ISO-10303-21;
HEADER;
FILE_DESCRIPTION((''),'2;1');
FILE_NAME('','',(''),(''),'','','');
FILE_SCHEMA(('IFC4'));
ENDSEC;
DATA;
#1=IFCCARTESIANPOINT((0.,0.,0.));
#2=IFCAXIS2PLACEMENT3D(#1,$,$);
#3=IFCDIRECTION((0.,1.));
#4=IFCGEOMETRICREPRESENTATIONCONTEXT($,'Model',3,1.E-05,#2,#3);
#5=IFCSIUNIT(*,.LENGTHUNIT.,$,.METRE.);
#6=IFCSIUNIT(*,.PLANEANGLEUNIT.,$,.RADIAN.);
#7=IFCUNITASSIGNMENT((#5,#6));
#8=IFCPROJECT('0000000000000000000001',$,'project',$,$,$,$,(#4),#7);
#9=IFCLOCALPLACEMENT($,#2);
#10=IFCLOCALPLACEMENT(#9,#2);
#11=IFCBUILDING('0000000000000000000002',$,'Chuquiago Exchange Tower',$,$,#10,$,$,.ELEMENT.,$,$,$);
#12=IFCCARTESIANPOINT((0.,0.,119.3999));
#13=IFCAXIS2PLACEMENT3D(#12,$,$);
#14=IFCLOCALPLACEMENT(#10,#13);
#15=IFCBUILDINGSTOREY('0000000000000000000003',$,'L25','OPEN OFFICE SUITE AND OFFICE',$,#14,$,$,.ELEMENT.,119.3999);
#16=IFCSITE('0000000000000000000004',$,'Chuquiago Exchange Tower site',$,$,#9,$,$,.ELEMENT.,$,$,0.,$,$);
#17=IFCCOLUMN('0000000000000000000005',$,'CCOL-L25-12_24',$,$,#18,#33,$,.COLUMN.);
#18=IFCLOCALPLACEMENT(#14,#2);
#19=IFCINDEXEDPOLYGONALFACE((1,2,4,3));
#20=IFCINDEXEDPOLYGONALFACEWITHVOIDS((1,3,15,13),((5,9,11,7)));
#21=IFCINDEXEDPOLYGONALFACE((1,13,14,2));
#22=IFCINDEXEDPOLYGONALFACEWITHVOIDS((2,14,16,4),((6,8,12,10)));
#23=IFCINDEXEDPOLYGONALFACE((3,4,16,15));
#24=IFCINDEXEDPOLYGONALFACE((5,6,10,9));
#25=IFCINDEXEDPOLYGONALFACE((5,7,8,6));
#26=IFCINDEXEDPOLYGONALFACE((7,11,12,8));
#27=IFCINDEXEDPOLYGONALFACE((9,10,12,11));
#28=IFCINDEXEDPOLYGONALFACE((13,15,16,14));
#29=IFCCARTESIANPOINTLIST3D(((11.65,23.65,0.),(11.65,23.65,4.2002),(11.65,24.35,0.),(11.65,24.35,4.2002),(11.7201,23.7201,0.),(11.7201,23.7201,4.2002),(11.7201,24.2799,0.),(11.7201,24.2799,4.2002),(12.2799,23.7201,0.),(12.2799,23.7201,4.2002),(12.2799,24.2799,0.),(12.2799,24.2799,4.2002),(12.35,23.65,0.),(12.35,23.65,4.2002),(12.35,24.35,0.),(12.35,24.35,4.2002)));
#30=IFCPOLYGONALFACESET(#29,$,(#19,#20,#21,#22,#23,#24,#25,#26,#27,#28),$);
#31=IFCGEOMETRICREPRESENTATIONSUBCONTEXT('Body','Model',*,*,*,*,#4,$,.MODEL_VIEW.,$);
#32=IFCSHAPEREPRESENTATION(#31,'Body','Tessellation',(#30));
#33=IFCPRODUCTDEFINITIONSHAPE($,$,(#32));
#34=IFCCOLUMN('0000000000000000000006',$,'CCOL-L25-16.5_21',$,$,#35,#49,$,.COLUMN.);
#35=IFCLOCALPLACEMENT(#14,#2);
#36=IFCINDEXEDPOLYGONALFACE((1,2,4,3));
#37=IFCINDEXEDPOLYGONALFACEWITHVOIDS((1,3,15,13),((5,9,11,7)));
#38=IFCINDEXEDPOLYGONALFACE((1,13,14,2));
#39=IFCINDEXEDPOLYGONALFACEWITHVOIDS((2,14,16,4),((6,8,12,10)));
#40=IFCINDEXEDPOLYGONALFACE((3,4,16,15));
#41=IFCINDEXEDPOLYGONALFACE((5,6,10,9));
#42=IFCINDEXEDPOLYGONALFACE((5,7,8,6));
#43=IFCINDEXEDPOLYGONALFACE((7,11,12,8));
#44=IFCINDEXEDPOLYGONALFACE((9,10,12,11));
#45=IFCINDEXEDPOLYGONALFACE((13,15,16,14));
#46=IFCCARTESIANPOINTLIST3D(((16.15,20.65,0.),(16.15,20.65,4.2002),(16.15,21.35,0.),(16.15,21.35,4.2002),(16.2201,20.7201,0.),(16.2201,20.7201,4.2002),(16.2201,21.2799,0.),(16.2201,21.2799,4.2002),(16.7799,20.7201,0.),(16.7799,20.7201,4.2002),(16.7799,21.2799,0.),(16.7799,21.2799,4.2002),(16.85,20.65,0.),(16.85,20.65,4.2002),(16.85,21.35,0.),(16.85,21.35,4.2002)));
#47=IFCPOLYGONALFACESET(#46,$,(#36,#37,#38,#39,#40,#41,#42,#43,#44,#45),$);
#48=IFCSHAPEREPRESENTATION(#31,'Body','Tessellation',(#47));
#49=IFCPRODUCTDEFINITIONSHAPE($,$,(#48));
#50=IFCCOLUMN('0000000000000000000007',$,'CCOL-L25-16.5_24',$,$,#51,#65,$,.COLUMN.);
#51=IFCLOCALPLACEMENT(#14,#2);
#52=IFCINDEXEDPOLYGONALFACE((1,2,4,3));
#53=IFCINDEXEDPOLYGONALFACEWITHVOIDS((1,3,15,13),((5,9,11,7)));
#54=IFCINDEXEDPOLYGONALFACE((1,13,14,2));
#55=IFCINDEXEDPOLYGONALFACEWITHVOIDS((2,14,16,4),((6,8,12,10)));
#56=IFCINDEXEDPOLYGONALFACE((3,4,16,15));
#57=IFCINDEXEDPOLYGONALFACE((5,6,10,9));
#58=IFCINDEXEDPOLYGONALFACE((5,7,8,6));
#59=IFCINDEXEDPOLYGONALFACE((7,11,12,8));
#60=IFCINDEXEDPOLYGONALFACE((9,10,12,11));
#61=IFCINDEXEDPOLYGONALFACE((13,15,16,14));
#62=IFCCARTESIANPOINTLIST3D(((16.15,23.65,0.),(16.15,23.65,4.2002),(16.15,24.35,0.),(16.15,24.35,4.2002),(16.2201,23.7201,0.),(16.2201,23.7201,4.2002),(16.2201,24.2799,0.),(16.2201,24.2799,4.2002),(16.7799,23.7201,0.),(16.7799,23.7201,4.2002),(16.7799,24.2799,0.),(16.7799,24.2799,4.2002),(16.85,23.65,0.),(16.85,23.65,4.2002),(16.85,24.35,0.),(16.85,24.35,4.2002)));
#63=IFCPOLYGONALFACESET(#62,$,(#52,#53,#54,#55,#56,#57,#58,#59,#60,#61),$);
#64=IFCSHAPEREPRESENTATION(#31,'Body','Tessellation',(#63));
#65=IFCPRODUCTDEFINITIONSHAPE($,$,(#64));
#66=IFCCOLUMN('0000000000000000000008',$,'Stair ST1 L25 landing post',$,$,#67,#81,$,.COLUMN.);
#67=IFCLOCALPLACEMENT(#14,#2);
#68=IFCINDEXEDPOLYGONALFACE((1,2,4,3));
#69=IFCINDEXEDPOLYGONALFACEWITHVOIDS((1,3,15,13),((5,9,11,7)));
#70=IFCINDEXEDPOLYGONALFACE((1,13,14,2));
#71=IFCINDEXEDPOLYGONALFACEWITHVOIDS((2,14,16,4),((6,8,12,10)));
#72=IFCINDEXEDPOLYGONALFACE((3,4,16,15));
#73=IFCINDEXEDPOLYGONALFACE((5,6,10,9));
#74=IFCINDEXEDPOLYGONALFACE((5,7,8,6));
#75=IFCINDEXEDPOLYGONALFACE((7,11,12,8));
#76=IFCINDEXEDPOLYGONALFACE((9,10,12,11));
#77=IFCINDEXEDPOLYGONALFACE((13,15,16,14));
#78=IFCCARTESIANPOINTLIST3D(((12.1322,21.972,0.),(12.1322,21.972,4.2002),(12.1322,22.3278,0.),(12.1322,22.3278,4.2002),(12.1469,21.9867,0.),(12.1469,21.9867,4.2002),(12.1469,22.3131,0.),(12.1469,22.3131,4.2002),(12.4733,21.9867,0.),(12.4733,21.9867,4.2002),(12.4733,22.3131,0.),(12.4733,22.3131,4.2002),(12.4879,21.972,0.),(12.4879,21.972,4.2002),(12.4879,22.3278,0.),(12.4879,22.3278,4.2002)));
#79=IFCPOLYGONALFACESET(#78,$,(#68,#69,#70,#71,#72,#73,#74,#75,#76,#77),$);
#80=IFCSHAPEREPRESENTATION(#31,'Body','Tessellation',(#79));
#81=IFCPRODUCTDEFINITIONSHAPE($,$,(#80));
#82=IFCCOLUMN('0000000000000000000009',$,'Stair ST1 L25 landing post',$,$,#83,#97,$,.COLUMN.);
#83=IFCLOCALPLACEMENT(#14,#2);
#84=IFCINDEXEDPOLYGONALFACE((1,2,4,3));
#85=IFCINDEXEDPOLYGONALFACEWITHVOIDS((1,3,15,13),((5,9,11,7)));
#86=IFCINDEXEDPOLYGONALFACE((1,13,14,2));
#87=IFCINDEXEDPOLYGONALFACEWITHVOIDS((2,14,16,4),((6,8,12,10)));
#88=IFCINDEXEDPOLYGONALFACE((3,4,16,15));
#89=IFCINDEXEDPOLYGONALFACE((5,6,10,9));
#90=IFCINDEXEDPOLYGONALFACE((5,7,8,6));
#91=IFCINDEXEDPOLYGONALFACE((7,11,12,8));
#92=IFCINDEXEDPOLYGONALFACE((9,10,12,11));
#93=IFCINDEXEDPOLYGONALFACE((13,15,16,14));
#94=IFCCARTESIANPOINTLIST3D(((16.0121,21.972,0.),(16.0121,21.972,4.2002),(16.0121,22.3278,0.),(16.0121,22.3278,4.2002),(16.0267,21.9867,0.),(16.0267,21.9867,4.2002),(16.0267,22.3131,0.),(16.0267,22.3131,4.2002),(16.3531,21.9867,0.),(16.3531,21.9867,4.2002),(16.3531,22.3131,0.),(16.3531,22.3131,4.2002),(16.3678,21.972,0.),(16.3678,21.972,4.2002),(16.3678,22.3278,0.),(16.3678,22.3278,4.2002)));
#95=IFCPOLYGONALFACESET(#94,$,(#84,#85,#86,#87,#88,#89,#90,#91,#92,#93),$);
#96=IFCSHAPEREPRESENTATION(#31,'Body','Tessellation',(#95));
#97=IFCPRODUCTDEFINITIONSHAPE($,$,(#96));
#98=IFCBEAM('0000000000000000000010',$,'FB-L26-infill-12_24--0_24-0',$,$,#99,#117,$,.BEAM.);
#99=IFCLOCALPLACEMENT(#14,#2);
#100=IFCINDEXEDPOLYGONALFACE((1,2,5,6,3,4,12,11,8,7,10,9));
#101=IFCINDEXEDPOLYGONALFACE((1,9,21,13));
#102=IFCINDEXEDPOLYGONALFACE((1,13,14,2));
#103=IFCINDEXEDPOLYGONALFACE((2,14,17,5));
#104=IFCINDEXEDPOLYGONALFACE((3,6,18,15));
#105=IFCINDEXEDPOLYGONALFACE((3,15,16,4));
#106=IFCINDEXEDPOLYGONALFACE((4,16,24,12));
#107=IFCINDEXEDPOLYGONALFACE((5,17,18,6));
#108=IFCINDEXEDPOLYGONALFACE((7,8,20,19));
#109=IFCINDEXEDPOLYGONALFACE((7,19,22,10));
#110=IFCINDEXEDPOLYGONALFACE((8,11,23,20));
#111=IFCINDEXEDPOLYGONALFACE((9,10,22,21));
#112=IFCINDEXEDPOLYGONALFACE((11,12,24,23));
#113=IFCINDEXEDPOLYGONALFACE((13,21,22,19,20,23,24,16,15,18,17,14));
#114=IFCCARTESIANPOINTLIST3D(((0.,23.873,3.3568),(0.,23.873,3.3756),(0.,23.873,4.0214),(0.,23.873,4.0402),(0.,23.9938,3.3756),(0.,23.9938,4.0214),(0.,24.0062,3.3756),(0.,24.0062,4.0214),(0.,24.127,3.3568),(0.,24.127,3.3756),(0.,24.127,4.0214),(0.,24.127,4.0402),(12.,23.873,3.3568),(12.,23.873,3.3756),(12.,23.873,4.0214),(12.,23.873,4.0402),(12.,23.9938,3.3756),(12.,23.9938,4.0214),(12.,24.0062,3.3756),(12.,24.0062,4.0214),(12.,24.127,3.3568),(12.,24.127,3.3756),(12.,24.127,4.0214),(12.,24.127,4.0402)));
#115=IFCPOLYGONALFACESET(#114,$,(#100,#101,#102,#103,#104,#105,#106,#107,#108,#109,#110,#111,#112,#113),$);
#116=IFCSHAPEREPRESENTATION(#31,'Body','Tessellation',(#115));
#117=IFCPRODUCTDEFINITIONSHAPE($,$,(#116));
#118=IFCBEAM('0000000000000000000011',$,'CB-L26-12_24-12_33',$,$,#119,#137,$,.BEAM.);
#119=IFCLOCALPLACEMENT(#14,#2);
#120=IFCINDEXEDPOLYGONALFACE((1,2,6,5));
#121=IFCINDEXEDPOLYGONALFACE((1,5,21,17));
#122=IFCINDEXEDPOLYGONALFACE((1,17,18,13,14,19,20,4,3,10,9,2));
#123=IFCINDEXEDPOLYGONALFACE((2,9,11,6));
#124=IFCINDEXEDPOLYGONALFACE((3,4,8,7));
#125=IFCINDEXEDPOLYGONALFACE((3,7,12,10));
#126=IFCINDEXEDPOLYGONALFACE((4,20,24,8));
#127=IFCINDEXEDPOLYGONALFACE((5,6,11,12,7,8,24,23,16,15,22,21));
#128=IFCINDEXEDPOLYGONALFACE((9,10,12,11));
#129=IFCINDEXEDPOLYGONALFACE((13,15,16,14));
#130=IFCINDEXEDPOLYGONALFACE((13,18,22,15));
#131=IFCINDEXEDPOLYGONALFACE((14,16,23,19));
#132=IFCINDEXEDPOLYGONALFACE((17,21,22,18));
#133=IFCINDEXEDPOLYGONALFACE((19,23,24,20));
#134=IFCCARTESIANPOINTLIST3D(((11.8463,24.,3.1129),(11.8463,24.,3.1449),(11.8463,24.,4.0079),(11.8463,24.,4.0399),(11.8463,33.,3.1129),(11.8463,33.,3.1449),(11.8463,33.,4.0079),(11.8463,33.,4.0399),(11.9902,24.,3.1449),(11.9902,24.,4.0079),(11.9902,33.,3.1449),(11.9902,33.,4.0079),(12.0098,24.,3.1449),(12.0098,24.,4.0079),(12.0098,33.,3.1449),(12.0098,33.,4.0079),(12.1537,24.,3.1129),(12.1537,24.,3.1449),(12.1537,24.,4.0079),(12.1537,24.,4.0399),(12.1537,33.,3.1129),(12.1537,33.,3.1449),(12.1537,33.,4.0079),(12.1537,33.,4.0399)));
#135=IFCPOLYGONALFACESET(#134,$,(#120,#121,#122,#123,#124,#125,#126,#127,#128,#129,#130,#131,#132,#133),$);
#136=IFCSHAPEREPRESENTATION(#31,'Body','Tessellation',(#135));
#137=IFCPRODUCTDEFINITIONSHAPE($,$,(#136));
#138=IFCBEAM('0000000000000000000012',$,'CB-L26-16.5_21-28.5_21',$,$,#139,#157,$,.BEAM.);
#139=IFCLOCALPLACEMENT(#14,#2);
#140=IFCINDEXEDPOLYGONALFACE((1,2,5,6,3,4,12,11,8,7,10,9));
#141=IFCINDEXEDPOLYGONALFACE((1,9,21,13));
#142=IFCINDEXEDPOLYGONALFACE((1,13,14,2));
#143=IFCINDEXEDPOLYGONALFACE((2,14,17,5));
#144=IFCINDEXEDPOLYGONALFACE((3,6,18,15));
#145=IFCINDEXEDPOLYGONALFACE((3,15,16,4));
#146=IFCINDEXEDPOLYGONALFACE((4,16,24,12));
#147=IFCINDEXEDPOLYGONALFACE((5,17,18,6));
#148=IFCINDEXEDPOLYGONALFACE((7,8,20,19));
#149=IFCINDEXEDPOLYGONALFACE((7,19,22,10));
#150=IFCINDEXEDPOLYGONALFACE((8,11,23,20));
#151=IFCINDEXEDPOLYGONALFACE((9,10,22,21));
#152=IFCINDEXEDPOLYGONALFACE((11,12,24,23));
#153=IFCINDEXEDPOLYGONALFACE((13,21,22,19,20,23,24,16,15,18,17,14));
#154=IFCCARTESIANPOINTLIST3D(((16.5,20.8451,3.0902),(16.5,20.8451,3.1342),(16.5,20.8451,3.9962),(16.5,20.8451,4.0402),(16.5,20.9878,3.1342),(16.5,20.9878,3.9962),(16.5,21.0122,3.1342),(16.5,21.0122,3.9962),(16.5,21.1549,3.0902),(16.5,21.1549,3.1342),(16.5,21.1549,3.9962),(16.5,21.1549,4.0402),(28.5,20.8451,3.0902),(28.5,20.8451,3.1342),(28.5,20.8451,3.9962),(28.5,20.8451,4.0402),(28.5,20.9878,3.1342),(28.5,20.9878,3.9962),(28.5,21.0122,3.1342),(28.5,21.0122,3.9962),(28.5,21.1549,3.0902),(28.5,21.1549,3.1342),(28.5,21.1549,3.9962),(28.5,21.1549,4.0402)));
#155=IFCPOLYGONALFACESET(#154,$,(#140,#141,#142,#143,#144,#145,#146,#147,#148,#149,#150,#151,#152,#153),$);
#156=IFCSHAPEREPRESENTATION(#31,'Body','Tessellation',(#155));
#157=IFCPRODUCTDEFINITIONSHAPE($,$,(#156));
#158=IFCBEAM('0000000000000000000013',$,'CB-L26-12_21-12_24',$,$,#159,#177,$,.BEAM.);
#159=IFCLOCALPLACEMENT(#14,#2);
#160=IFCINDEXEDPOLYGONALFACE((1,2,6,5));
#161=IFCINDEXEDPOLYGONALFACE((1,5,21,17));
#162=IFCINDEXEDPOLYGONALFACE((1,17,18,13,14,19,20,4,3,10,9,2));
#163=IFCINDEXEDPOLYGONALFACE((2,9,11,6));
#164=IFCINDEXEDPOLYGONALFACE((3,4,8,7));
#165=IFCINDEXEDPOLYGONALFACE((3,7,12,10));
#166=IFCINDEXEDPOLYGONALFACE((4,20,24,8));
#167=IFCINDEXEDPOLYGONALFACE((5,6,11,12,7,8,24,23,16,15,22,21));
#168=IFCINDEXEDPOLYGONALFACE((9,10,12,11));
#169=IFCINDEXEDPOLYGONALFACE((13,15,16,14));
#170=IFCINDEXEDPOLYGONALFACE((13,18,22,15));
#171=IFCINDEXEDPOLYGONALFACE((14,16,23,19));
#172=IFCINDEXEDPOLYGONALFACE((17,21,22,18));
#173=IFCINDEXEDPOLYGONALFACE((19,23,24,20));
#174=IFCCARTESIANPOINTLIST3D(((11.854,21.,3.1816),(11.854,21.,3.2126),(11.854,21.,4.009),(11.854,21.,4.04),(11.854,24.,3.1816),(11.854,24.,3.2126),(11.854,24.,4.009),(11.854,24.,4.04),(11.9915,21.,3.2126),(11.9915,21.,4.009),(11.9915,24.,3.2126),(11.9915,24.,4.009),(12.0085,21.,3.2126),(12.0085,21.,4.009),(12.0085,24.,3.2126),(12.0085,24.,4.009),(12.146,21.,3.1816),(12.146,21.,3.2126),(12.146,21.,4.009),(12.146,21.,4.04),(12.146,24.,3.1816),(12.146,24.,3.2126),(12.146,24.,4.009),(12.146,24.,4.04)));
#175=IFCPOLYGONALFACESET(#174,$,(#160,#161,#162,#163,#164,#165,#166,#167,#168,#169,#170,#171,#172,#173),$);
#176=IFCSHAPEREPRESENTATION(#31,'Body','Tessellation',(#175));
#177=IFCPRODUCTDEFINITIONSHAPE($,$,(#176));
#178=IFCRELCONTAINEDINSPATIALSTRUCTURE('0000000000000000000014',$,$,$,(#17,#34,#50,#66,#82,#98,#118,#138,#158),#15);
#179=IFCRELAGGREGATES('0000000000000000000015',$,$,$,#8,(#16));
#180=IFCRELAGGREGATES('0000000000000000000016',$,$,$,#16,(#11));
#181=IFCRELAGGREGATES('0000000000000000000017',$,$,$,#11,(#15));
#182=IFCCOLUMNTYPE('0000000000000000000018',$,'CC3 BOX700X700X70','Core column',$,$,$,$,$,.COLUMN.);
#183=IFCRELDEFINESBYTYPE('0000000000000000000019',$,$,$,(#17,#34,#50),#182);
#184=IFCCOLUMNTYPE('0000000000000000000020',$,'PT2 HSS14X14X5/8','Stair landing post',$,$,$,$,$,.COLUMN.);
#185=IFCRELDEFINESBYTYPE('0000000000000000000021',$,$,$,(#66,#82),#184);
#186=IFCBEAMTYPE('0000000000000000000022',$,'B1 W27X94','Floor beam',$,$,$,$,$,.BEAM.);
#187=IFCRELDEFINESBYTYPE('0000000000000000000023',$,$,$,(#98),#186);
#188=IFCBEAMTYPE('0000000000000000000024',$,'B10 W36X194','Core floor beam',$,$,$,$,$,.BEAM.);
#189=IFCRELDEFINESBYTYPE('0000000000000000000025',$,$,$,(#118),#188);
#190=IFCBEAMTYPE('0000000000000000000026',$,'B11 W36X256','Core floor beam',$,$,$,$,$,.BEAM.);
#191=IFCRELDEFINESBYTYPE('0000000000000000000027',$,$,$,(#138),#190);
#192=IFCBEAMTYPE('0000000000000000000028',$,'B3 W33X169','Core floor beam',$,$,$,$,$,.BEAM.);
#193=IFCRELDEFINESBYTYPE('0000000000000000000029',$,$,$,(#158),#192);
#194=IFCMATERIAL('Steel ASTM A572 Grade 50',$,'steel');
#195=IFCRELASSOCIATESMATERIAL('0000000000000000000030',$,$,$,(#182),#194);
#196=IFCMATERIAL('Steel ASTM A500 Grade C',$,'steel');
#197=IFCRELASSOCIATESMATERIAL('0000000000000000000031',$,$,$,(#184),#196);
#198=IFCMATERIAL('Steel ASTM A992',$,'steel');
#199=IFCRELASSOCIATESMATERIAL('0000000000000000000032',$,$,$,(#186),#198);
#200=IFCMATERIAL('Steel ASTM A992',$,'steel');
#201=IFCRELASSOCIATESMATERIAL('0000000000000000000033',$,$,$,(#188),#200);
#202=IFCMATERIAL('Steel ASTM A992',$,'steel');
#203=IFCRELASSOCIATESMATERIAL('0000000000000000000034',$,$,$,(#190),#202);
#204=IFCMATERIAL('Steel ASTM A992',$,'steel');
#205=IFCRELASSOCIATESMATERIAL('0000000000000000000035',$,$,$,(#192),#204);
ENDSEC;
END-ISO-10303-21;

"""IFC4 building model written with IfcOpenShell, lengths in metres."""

from ifc_helpers import new_model, si_unit, direction, frame, origin, origin_2d, place, context, subcontext, project, spatial, hollow_rectangle, i_section, extrude, material, material_profile, profile_set, type_object, element, save


model = new_model("IFC4")

# Units and contexts
model_context = context("Model", 3, precision=1e-05, world=origin(), true_north=direction((0.0, 1.0)))
body_context = subcontext(model_context, "Body", "Model", "MODEL_VIEW")
ifc_project = project(units=[si_unit("LENGTHUNIT", "METRE"), si_unit("PLANEANGLEUNIT", "RADIAN")], contexts=[model_context])

# Site, building, storey
site_placement = place(None, origin())
site = spatial("IfcSite", under=ifc_project, at=site_placement, Name="Chuquiago Exchange Tower site", CompositionType="ELEMENT", RefElevation=0.0)
building_placement = place(site_placement, origin())
building = spatial("IfcBuilding", under=site, at=building_placement, Name="Chuquiago Exchange Tower", CompositionType="ELEMENT")
storey_placement = place(building_placement, frame((0.0, 0.0, 119.3999)))
storey = spatial("IfcBuildingStorey", under=building, at=storey_placement, Name="L25", Description="OPEN OFFICE SUITE AND OFFICE", CompositionType="ELEMENT", Elevation=119.3999)

# Columns
ifc_material_1 = material(Name="Steel ASTM A572 Grade 50", Category="steel")
ifc_material_profile_1 = material_profile(ifc_material_1, hollow_rectangle(XDim=0.7, YDim=0.7, WallThickness=0.0701, at=origin_2d()), Name="BOX700X700X70")
ifc_profile_set_1 = profile_set([ifc_material_profile_1], Name="Steel ASTM A572 Grade 50")
column_type_1 = type_object("IfcColumnType", Name="CC3 BOX700X700X70", Description="Core column", PredefinedType="COLUMN", material=ifc_profile_set_1)
for number, where, z_axis, x_axis, name in (
    (1, (12.0, 24.0, 0.0), (0.0, 0.0, 1.0), (1.0, 0.0, 0.0), "CCOL-L25-12_24"),
    (2, (16.5, 21.0, 0.0), (0.0, 0.0, 1.0), (1.0, 0.0, 0.0), "CCOL-L25-16.5_21"),
    (3, (16.5, 24.0, 0.0), (0.0, 0.0, 1.0), (1.0, 0.0, 0.0), "CCOL-L25-16.5_24"),
):
    element("IfcColumn", number, at=place(storey_placement, frame(where, z_axis=z_axis, x_axis=x_axis)), inside=storey, type_object=column_type_1, Name=name, PredefinedType="COLUMN", context=body_context, shape_type="SweptSolid", body=[
        extrude(hollow_rectangle(XDim=0.7, YDim=0.7, WallThickness=0.0701, at=origin_2d()), origin(), (0.0, 0.0, 1.0), 4.2002),
    ])
ifc_material_2 = material(Name="Steel ASTM A500 Grade C", Category="steel")
ifc_material_profile_2 = material_profile(ifc_material_2, hollow_rectangle(XDim=0.3557, YDim=0.3557, WallThickness=0.0146, at=origin_2d()), Name="HSS14X14X5/8")
ifc_profile_set_2 = profile_set([ifc_material_profile_2], Name="Steel ASTM A500 Grade C")
column_type_2 = type_object("IfcColumnType", Name="PT2 HSS14X14X5/8", Description="Stair landing post", PredefinedType="COLUMN", material=ifc_profile_set_2)
for number, where, z_axis, x_axis, name in (
    (4, (12.3101, 22.1499, 0.0), (0.0, 0.0, 1.0), (1.0, 0.0, 0.0), "Stair ST1 L25 landing post"),
    (5, (16.1899, 22.1499, 0.0), (0.0, 0.0, 1.0), (1.0, 0.0, 0.0), "Stair ST1 L25 landing post"),
):
    element("IfcColumn", number, at=place(storey_placement, frame(where, z_axis=z_axis, x_axis=x_axis)), inside=storey, type_object=column_type_2, Name=name, PredefinedType="COLUMN", context=body_context, shape_type="SweptSolid", body=[
        extrude(hollow_rectangle(XDim=0.3557, YDim=0.3557, WallThickness=0.0146, at=origin_2d()), origin(), (0.0, 0.0, 1.0), 4.2002),
    ])

# Beams
ifc_material_3 = material(Name="Steel ASTM A992", Category="steel")
ifc_material_profile_3 = material_profile(ifc_material_3, i_section(OverallWidth=0.2539, OverallDepth=0.6833, WebThickness=0.0125, FlangeThickness=0.0188, at=origin_2d()), Name="W27X94")
ifc_profile_set_3 = profile_set([ifc_material_profile_3], Name="Steel ASTM A992")
beam_type_1 = type_object("IfcBeamType", Name="B1 W27X94", Description="Floor beam", PredefinedType="BEAM", material=ifc_profile_set_3)
beam_1_placement = place(storey_placement, frame((12.0, 24.0, 3.6985), z_axis=(-1.0, 0.0, 0.0), x_axis=(0.0, -1.0, 0.0)))
element("IfcBeam", 6, at=beam_1_placement, inside=storey, type_object=beam_type_1, Name="FB-L26-infill-12_24--0_24-0", PredefinedType="BEAM", context=body_context, shape_type="SweptSolid", body=[
    extrude(i_section(OverallWidth=0.2539, OverallDepth=0.6833, WebThickness=0.0125, FlangeThickness=0.0188, at=origin_2d()), origin(), (0.0, 0.0, 1.0), 12.0),
])
ifc_material_4 = material(Name="Steel ASTM A992", Category="steel")
ifc_material_profile_4 = material_profile(ifc_material_4, i_section(OverallWidth=0.3074, OverallDepth=0.927, WebThickness=0.0195, FlangeThickness=0.032, at=origin_2d()), Name="W36X194")
ifc_profile_set_4 = profile_set([ifc_material_profile_4], Name="Steel ASTM A992")
beam_type_2 = type_object("IfcBeamType", Name="B10 W36X194", Description="Core floor beam", PredefinedType="BEAM", material=ifc_profile_set_4)
beam_2_placement = place(storey_placement, frame((12.0, 24.0, 3.5764), z_axis=(0.0, 1.0, 0.0), x_axis=(-1.0, 0.0, 0.0)))
element("IfcBeam", 7, at=beam_2_placement, inside=storey, type_object=beam_type_2, Name="CB-L26-12_24-12_33", PredefinedType="BEAM", context=body_context, shape_type="SweptSolid", body=[
    extrude(i_section(OverallWidth=0.3074, OverallDepth=0.927, WebThickness=0.0195, FlangeThickness=0.032, at=origin_2d()), origin(), (0.0, 0.0, 1.0), 9.0),
])
ifc_material_5 = material(Name="Steel ASTM A992", Category="steel")
ifc_material_profile_5 = material_profile(ifc_material_5, i_section(OverallWidth=0.3098, OverallDepth=0.95, WebThickness=0.0244, FlangeThickness=0.0439, at=origin_2d()), Name="W36X256")
ifc_profile_set_5 = profile_set([ifc_material_profile_5], Name="Steel ASTM A992")
beam_type_3 = type_object("IfcBeamType", Name="B11 W36X256", Description="Core floor beam", PredefinedType="BEAM", material=ifc_profile_set_5)
beam_3_placement = place(storey_placement, frame((16.5, 21.0, 3.5652), z_axis=(1.0, 0.0, 0.0), x_axis=(0.0, 1.0, 0.0)))
element("IfcBeam", 8, at=beam_3_placement, inside=storey, type_object=beam_type_3, Name="CB-L26-16.5_21-28.5_21", PredefinedType="BEAM", context=body_context, shape_type="SweptSolid", body=[
    extrude(i_section(OverallWidth=0.3098, OverallDepth=0.95, WebThickness=0.0244, FlangeThickness=0.0439, at=origin_2d()), origin(), (0.0, 0.0, 1.0), 12.0),
])
ifc_material_6 = material(Name="Steel ASTM A992", Category="steel")
ifc_material_profile_6 = material_profile(ifc_material_6, i_section(OverallWidth=0.292, OverallDepth=0.8584, WebThickness=0.0171, FlangeThickness=0.031, at=origin_2d()), Name="W33X169")
ifc_profile_set_6 = profile_set([ifc_material_profile_6], Name="Steel ASTM A992")
beam_type_4 = type_object("IfcBeamType", Name="B3 W33X169", Description="Core floor beam", PredefinedType="BEAM", material=ifc_profile_set_6)
for number, where, z_axis, x_axis, name in (
    (9, (12.0, 21.0, 3.6108), (0.0, 1.0, 0.0), (-1.0, 0.0, 0.0), "CB-L26-12_21-12_24"),
):
    element("IfcBeam", number, at=place(storey_placement, frame(where, z_axis=z_axis, x_axis=x_axis)), inside=storey, type_object=beam_type_4, Name=name, PredefinedType="BEAM", context=body_context, shape_type="SweptSolid", body=[
        extrude(i_section(OverallWidth=0.292, OverallDepth=0.8584, WebThickness=0.0171, FlangeThickness=0.031, at=origin_2d()), origin(), (0.0, 0.0, 1.0), 3.0),
    ])

save(model, "model.ifc")
